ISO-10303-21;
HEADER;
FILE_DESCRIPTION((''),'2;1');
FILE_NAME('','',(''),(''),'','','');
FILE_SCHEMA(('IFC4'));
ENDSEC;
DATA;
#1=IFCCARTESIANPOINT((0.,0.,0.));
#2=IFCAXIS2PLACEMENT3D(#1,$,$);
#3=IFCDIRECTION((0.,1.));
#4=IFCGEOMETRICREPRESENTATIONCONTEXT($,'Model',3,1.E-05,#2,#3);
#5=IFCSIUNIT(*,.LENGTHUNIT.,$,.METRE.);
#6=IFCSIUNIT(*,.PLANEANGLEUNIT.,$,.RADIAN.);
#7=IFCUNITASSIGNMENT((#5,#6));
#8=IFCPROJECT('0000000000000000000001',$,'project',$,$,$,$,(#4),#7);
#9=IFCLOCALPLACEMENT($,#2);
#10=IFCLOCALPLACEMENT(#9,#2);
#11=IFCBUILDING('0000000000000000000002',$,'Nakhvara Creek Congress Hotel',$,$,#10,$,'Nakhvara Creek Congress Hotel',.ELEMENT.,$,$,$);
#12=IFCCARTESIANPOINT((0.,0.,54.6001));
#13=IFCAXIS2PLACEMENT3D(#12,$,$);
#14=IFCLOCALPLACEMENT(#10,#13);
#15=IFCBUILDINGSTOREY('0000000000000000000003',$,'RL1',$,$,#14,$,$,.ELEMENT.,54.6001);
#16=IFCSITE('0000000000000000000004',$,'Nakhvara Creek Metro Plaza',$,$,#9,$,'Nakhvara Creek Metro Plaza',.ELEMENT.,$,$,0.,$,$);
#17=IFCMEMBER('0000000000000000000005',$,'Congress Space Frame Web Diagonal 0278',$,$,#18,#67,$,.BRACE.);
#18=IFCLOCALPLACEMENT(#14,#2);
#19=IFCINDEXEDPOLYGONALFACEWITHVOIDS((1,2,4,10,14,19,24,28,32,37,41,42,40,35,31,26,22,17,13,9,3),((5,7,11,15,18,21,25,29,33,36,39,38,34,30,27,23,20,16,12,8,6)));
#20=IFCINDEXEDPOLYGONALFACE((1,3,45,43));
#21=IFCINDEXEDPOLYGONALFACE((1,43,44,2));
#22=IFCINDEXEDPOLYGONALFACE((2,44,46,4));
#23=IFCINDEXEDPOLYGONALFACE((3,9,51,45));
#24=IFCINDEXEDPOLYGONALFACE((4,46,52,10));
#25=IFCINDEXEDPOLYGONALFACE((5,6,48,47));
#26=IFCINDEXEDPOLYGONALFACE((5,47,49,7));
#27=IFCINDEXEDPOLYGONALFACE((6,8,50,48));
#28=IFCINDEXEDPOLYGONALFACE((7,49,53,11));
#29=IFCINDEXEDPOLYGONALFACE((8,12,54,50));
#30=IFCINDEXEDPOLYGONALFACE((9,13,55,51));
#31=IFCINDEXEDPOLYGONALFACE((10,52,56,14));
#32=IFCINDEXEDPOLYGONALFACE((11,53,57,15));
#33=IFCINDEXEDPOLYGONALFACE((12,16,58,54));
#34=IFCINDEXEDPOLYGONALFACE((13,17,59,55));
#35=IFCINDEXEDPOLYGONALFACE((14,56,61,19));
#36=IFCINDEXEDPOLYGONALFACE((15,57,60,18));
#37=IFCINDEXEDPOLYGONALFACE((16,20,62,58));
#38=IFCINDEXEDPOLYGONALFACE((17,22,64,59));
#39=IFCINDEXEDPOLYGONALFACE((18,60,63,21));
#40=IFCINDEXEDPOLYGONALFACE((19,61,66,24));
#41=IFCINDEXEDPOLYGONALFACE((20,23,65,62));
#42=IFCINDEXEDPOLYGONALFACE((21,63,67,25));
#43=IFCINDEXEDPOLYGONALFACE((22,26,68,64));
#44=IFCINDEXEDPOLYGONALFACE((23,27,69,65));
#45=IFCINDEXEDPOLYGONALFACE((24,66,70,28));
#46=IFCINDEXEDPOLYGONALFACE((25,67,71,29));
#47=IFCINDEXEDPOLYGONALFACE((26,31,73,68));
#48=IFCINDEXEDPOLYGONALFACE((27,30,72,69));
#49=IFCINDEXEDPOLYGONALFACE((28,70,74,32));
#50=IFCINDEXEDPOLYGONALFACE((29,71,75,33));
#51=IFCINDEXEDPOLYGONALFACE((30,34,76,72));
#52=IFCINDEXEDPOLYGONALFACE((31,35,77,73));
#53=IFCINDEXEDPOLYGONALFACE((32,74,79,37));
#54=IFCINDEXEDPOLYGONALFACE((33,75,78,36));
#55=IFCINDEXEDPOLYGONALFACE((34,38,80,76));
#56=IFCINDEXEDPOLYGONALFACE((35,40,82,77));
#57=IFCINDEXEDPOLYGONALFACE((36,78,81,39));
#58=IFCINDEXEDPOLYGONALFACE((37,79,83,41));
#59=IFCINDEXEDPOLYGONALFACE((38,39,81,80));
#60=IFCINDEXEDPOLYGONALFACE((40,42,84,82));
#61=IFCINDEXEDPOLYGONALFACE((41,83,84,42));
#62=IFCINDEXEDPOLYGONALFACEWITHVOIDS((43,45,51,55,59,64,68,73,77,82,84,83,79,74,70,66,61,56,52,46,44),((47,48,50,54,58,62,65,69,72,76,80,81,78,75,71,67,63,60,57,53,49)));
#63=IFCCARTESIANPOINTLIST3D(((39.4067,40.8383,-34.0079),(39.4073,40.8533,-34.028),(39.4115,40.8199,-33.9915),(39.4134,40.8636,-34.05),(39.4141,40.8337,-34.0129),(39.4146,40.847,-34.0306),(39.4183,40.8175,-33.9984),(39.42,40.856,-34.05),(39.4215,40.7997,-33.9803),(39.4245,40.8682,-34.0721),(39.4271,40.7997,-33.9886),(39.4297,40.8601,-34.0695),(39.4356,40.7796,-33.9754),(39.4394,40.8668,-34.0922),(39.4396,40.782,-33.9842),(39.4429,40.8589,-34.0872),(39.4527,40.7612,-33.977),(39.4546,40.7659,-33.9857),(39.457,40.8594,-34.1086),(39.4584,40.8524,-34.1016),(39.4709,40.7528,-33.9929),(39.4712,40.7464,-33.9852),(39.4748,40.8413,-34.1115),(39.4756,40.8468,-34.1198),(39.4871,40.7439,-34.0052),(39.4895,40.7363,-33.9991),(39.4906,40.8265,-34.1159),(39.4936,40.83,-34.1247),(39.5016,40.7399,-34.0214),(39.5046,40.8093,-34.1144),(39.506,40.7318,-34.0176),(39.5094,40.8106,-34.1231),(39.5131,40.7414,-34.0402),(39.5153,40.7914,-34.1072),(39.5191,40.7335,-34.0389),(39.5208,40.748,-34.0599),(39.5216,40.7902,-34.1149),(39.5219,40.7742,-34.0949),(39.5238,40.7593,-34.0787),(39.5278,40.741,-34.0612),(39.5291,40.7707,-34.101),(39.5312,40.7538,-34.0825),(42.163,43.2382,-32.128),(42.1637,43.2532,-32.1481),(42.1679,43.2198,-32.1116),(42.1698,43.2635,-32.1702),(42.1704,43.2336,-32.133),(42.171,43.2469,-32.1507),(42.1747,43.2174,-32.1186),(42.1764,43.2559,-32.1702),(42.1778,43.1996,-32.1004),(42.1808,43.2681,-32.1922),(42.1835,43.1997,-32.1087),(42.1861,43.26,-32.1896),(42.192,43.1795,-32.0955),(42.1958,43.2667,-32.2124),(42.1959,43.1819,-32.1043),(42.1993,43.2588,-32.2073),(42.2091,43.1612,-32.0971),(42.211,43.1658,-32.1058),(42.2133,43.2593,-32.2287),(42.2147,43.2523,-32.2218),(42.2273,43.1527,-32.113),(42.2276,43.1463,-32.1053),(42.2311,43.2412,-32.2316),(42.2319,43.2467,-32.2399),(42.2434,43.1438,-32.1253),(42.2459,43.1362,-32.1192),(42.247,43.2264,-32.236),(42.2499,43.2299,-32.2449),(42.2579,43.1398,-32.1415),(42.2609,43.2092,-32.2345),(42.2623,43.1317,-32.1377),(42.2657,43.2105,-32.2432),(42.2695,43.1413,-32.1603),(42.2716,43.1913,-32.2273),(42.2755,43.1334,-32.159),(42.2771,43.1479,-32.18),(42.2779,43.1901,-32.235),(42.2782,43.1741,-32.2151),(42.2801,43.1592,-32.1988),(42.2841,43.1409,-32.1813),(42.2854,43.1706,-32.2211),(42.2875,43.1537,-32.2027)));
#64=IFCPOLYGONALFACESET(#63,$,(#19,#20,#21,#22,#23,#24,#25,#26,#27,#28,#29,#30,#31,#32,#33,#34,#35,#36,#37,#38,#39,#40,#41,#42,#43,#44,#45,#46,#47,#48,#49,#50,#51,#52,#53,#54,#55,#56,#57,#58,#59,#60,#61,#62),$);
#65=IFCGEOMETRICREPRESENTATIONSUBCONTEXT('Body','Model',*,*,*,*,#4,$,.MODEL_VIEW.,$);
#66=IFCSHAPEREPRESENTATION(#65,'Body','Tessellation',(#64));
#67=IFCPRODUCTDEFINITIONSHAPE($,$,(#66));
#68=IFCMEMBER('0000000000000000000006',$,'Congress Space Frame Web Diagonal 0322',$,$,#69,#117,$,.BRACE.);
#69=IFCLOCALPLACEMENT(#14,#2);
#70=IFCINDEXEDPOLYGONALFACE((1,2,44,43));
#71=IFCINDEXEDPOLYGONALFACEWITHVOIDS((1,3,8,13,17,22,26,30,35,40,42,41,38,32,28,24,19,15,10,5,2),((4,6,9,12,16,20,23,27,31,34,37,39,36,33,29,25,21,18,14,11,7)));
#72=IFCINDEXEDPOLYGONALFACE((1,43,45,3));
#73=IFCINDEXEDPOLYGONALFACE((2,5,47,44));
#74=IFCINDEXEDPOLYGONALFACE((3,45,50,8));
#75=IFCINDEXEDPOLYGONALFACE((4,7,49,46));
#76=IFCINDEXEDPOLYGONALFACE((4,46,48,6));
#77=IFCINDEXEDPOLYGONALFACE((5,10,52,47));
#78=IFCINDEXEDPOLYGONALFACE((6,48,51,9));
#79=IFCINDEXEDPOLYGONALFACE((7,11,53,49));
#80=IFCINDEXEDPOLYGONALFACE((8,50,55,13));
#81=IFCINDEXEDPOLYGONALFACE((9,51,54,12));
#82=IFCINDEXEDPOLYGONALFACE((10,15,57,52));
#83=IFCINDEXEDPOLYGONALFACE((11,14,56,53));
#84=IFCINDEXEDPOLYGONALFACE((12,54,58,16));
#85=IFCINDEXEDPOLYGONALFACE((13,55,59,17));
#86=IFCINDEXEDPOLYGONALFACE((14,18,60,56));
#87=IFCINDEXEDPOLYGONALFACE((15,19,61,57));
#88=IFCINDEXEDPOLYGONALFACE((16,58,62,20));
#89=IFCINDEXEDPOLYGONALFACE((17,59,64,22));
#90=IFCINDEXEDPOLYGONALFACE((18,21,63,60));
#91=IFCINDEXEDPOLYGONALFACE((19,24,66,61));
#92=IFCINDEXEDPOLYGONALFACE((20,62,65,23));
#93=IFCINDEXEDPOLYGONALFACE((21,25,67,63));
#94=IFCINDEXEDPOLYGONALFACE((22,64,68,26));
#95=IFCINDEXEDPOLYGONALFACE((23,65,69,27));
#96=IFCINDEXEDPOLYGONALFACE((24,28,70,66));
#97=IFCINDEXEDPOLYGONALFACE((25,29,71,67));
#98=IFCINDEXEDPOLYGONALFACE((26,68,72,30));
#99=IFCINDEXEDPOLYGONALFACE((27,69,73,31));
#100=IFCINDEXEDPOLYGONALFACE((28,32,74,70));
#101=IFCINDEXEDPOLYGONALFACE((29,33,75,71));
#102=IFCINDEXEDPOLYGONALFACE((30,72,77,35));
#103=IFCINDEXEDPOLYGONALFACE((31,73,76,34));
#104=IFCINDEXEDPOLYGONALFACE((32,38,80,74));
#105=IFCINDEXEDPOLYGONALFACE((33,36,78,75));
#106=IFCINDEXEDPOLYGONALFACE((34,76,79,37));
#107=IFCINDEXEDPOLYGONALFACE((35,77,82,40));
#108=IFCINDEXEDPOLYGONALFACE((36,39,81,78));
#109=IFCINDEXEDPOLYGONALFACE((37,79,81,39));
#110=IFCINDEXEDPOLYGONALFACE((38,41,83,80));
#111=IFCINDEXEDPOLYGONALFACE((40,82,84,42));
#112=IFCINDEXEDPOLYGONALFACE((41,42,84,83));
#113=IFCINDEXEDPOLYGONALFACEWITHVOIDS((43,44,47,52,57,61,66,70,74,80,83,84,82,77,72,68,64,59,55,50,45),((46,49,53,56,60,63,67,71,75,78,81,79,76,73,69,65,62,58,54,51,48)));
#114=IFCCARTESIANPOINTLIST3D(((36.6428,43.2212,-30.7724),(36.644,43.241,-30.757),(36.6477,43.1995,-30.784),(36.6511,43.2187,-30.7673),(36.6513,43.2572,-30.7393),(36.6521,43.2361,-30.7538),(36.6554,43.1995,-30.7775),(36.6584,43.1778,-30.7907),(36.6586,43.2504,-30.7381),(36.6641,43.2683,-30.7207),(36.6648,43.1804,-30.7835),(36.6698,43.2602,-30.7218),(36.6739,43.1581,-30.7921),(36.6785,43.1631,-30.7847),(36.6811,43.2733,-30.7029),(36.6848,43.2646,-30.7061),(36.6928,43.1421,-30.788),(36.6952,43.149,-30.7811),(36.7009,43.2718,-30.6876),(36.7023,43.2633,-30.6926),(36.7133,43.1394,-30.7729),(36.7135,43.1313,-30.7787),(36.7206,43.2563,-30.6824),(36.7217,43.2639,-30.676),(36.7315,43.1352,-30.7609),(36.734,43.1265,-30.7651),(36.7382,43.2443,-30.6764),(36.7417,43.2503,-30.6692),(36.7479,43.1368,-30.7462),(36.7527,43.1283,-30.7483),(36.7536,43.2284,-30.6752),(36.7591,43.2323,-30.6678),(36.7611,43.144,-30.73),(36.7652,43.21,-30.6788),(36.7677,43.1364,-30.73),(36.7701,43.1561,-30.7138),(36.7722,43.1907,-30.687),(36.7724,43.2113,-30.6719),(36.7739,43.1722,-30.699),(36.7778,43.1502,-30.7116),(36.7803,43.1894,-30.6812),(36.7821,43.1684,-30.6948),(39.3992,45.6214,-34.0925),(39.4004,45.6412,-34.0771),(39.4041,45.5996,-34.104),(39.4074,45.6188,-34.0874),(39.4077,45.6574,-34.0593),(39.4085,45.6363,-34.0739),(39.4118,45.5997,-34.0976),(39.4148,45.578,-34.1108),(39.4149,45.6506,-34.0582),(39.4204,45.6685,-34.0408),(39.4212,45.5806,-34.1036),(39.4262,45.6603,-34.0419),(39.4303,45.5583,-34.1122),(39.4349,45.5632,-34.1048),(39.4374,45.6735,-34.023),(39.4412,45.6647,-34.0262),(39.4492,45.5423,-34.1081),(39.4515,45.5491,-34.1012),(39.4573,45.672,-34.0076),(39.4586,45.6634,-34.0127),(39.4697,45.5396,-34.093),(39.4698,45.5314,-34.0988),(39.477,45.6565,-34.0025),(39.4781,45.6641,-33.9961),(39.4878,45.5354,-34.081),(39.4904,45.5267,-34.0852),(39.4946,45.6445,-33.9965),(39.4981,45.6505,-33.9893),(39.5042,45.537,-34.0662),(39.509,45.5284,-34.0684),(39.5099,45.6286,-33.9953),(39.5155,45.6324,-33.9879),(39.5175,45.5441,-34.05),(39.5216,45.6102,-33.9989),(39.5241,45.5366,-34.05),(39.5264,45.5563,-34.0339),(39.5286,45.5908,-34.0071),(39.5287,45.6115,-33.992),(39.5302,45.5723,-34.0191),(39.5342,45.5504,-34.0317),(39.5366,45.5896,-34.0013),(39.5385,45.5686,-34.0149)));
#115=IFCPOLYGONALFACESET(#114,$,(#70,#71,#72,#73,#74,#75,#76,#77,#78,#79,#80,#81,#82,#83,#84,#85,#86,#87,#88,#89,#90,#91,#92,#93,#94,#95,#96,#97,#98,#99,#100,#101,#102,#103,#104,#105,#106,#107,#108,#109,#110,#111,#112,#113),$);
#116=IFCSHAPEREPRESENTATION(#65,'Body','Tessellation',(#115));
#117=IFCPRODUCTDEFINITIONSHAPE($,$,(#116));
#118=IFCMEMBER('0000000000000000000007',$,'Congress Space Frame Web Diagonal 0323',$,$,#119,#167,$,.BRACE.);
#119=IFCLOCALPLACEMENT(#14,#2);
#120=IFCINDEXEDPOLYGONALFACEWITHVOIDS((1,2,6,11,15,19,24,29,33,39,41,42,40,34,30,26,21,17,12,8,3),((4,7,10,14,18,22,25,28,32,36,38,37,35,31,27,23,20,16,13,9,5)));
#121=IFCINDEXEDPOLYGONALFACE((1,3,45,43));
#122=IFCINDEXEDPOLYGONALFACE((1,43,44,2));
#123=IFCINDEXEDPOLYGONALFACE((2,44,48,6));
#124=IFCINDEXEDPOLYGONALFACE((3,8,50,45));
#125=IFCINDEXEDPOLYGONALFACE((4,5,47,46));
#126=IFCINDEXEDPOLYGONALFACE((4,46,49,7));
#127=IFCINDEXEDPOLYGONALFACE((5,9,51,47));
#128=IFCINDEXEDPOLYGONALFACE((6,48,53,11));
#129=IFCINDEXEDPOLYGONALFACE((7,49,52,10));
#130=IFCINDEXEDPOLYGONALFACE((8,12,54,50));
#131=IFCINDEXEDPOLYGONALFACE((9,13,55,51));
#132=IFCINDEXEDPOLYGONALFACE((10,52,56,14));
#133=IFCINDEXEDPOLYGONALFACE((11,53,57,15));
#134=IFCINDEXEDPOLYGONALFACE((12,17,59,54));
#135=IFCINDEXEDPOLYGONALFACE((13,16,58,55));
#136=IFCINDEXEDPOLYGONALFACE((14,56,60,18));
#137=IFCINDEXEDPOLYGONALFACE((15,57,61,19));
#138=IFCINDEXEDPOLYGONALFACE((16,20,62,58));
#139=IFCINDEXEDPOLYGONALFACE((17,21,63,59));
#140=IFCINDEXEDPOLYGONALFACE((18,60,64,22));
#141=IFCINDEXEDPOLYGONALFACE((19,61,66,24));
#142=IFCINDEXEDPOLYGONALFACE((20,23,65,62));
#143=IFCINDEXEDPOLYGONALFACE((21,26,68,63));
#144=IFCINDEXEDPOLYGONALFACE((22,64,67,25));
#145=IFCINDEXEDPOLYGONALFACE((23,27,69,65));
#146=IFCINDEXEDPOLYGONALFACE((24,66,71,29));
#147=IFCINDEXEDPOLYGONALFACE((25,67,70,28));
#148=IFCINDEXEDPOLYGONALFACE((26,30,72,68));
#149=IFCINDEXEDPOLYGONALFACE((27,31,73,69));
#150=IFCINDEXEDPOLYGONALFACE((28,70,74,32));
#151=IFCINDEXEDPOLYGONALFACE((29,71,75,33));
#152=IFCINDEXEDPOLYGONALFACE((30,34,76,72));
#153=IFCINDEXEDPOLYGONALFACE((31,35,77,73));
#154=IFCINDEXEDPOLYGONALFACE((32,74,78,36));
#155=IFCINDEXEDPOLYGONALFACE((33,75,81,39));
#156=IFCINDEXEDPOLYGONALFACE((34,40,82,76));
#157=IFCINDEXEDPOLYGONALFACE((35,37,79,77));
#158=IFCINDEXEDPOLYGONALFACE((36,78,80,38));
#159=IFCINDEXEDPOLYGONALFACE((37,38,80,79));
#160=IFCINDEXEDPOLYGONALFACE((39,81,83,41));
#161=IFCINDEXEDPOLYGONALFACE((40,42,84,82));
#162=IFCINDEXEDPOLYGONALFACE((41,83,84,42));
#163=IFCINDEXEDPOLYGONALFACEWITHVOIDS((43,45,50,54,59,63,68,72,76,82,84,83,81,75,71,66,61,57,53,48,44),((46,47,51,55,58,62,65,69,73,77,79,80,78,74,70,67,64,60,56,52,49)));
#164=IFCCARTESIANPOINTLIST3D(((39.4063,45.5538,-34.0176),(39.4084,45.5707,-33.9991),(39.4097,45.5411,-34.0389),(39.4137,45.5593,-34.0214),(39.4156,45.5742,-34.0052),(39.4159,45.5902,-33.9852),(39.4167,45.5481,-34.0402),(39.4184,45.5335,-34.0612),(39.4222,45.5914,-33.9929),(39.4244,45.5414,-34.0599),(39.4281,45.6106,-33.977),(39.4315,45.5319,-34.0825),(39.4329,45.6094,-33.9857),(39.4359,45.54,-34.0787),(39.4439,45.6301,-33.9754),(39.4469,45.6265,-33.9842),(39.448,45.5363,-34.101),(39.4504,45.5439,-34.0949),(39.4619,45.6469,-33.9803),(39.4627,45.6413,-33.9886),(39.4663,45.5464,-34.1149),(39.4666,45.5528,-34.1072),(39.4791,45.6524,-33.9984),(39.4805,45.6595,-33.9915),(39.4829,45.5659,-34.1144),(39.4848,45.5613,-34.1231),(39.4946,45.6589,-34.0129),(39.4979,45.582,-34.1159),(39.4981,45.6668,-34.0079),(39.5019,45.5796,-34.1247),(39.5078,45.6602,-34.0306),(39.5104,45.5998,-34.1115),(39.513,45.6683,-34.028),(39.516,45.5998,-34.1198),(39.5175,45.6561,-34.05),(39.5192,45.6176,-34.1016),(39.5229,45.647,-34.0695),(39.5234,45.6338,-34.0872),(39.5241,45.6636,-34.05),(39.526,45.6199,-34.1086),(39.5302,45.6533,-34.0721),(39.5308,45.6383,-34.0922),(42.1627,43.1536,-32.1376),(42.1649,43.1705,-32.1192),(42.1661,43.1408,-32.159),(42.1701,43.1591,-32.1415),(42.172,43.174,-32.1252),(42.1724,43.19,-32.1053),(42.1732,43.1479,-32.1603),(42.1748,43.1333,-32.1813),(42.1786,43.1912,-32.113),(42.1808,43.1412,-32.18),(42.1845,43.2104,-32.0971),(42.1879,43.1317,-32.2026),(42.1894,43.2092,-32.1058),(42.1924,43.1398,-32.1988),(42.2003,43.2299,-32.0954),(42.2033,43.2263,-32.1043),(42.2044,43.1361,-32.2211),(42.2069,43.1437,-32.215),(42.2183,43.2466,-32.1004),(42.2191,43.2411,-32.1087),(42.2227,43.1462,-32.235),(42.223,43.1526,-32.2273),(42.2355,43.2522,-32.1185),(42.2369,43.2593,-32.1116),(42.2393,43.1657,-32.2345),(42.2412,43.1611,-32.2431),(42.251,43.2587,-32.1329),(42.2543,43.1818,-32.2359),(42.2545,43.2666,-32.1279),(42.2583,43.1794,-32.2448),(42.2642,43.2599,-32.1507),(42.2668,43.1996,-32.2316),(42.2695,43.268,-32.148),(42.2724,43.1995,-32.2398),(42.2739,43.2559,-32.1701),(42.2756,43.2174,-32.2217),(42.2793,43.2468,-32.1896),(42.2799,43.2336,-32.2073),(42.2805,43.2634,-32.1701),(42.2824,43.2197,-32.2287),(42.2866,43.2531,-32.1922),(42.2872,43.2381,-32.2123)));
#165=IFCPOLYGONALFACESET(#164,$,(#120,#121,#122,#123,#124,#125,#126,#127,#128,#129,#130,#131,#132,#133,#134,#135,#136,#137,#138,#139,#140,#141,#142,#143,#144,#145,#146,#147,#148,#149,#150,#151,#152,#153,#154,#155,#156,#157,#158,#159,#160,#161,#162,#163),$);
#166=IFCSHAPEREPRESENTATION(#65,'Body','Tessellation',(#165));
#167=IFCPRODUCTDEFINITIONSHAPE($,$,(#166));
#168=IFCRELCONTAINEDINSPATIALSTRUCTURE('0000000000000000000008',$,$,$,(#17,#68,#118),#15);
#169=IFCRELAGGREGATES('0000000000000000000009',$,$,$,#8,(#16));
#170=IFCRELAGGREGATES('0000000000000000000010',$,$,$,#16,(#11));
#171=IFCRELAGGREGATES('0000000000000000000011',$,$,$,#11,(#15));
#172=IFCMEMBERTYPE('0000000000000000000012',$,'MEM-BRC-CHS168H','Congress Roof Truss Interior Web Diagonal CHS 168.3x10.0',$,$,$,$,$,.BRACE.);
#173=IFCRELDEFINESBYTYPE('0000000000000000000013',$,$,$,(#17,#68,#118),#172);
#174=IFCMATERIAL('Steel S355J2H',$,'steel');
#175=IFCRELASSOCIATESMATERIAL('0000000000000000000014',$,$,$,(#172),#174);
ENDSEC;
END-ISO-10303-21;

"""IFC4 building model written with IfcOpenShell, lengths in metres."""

from ifc_helpers import new_model, si_unit, direction, frame, origin, origin_2d, place, context, subcontext, project, spatial, hollow_circle, extrude, material, material_profile, profile_set, type_object, element, save


model = new_model("IFC4")

# Units and contexts
model_context = context("Model", 3, precision=1e-05, world=origin(), true_north=direction((0.0, 1.0)))
body_context = subcontext(model_context, "Body", "Model", "MODEL_VIEW")
ifc_project = project(units=[si_unit("LENGTHUNIT", "METRE"), si_unit("PLANEANGLEUNIT", "RADIAN")], contexts=[model_context])

# Site, building, storey
site_placement = place(None, origin())
site = spatial("IfcSite", under=ifc_project, at=site_placement, Name="Nakhvara Creek Metro Plaza", LongName="Nakhvara Creek Metro Plaza", CompositionType="ELEMENT", RefElevation=0.0)
building_placement = place(site_placement, origin())
building = spatial("IfcBuilding", under=site, at=building_placement, Name="Nakhvara Creek Congress Hotel", LongName="Nakhvara Creek Congress Hotel", CompositionType="ELEMENT")
storey_placement = place(building_placement, frame((0.0, 0.0, 54.6001)))
storey = spatial("IfcBuildingStorey", under=building, at=storey_placement, Name="RL1", CompositionType="ELEMENT", Elevation=54.6001)

# Members
ifc_material_1 = material(Name="Steel S355J2H", Category="steel")
ifc_material_profile_1 = material_profile(ifc_material_1, hollow_circle(Radius=0.0842, WallThickness=0.01, at=origin_2d()), Name="CHS 168.3x10.0", Category="LoadBearing")
ifc_profile_set_1 = profile_set([ifc_material_profile_1], Name="Steel S355J2H")
member_type_1 = type_object("IfcMemberType", Name="MEM-BRC-CHS168H", Description="Congress Roof Truss Interior Web Diagonal CHS 168.3x10.0", PredefinedType="BRACE", material=ifc_profile_set_1)
member_1_placement = place(storey_placement, frame((39.4688, 40.8, -34.05), z_axis=(0.670667, 0.583938, 0.457408), x_axis=(-0.656658, 0.754188, 0.0)))
element("IfcMember", 1, at=member_1_placement, inside=storey, type_object=member_type_1, Name="Congress Space Frame Web Diagonal 0278", PredefinedType="BRACE", context=body_context, shape_type="SweptSolid", body=[
    extrude(hollow_circle(Radius=0.0842, WallThickness=0.01, at=origin_2d()), origin(), (0.0, 0.0, 1.0), 4.1099),
])
member_2_placement = place(storey_placement, frame((39.4688, 45.6001, -34.05), z_axis=(-0.558224, -0.486085, 0.67239), x_axis=(0.656696, -0.754155, 0.0)))
element("IfcMember", 2, at=member_2_placement, inside=storey, type_object=member_type_1, Name="Congress Space Frame Web Diagonal 0322", PredefinedType="BRACE", context=body_context, shape_type="SweptSolid", body=[
    extrude(hollow_circle(Radius=0.0842, WallThickness=0.01, at=origin_2d()), origin(), (0.0, 0.0, 1.0), 4.9377),
])
member_3_placement = place(storey_placement, frame((39.4688, 45.6001, -34.05), z_axis=(0.670644, -0.583977, 0.457392), x_axis=(0.656696, 0.754155, 0.0)))
element("IfcMember", 3, at=member_3_placement, inside=storey, type_object=member_type_1, Name="Congress Space Frame Web Diagonal 0323", PredefinedType="BRACE", context=body_context, shape_type="SweptSolid", body=[
    extrude(hollow_circle(Radius=0.0842, WallThickness=0.01, at=origin_2d()), origin(), (0.0, 0.0, 1.0), 4.1101),
])

save(model, "model.ifc")
